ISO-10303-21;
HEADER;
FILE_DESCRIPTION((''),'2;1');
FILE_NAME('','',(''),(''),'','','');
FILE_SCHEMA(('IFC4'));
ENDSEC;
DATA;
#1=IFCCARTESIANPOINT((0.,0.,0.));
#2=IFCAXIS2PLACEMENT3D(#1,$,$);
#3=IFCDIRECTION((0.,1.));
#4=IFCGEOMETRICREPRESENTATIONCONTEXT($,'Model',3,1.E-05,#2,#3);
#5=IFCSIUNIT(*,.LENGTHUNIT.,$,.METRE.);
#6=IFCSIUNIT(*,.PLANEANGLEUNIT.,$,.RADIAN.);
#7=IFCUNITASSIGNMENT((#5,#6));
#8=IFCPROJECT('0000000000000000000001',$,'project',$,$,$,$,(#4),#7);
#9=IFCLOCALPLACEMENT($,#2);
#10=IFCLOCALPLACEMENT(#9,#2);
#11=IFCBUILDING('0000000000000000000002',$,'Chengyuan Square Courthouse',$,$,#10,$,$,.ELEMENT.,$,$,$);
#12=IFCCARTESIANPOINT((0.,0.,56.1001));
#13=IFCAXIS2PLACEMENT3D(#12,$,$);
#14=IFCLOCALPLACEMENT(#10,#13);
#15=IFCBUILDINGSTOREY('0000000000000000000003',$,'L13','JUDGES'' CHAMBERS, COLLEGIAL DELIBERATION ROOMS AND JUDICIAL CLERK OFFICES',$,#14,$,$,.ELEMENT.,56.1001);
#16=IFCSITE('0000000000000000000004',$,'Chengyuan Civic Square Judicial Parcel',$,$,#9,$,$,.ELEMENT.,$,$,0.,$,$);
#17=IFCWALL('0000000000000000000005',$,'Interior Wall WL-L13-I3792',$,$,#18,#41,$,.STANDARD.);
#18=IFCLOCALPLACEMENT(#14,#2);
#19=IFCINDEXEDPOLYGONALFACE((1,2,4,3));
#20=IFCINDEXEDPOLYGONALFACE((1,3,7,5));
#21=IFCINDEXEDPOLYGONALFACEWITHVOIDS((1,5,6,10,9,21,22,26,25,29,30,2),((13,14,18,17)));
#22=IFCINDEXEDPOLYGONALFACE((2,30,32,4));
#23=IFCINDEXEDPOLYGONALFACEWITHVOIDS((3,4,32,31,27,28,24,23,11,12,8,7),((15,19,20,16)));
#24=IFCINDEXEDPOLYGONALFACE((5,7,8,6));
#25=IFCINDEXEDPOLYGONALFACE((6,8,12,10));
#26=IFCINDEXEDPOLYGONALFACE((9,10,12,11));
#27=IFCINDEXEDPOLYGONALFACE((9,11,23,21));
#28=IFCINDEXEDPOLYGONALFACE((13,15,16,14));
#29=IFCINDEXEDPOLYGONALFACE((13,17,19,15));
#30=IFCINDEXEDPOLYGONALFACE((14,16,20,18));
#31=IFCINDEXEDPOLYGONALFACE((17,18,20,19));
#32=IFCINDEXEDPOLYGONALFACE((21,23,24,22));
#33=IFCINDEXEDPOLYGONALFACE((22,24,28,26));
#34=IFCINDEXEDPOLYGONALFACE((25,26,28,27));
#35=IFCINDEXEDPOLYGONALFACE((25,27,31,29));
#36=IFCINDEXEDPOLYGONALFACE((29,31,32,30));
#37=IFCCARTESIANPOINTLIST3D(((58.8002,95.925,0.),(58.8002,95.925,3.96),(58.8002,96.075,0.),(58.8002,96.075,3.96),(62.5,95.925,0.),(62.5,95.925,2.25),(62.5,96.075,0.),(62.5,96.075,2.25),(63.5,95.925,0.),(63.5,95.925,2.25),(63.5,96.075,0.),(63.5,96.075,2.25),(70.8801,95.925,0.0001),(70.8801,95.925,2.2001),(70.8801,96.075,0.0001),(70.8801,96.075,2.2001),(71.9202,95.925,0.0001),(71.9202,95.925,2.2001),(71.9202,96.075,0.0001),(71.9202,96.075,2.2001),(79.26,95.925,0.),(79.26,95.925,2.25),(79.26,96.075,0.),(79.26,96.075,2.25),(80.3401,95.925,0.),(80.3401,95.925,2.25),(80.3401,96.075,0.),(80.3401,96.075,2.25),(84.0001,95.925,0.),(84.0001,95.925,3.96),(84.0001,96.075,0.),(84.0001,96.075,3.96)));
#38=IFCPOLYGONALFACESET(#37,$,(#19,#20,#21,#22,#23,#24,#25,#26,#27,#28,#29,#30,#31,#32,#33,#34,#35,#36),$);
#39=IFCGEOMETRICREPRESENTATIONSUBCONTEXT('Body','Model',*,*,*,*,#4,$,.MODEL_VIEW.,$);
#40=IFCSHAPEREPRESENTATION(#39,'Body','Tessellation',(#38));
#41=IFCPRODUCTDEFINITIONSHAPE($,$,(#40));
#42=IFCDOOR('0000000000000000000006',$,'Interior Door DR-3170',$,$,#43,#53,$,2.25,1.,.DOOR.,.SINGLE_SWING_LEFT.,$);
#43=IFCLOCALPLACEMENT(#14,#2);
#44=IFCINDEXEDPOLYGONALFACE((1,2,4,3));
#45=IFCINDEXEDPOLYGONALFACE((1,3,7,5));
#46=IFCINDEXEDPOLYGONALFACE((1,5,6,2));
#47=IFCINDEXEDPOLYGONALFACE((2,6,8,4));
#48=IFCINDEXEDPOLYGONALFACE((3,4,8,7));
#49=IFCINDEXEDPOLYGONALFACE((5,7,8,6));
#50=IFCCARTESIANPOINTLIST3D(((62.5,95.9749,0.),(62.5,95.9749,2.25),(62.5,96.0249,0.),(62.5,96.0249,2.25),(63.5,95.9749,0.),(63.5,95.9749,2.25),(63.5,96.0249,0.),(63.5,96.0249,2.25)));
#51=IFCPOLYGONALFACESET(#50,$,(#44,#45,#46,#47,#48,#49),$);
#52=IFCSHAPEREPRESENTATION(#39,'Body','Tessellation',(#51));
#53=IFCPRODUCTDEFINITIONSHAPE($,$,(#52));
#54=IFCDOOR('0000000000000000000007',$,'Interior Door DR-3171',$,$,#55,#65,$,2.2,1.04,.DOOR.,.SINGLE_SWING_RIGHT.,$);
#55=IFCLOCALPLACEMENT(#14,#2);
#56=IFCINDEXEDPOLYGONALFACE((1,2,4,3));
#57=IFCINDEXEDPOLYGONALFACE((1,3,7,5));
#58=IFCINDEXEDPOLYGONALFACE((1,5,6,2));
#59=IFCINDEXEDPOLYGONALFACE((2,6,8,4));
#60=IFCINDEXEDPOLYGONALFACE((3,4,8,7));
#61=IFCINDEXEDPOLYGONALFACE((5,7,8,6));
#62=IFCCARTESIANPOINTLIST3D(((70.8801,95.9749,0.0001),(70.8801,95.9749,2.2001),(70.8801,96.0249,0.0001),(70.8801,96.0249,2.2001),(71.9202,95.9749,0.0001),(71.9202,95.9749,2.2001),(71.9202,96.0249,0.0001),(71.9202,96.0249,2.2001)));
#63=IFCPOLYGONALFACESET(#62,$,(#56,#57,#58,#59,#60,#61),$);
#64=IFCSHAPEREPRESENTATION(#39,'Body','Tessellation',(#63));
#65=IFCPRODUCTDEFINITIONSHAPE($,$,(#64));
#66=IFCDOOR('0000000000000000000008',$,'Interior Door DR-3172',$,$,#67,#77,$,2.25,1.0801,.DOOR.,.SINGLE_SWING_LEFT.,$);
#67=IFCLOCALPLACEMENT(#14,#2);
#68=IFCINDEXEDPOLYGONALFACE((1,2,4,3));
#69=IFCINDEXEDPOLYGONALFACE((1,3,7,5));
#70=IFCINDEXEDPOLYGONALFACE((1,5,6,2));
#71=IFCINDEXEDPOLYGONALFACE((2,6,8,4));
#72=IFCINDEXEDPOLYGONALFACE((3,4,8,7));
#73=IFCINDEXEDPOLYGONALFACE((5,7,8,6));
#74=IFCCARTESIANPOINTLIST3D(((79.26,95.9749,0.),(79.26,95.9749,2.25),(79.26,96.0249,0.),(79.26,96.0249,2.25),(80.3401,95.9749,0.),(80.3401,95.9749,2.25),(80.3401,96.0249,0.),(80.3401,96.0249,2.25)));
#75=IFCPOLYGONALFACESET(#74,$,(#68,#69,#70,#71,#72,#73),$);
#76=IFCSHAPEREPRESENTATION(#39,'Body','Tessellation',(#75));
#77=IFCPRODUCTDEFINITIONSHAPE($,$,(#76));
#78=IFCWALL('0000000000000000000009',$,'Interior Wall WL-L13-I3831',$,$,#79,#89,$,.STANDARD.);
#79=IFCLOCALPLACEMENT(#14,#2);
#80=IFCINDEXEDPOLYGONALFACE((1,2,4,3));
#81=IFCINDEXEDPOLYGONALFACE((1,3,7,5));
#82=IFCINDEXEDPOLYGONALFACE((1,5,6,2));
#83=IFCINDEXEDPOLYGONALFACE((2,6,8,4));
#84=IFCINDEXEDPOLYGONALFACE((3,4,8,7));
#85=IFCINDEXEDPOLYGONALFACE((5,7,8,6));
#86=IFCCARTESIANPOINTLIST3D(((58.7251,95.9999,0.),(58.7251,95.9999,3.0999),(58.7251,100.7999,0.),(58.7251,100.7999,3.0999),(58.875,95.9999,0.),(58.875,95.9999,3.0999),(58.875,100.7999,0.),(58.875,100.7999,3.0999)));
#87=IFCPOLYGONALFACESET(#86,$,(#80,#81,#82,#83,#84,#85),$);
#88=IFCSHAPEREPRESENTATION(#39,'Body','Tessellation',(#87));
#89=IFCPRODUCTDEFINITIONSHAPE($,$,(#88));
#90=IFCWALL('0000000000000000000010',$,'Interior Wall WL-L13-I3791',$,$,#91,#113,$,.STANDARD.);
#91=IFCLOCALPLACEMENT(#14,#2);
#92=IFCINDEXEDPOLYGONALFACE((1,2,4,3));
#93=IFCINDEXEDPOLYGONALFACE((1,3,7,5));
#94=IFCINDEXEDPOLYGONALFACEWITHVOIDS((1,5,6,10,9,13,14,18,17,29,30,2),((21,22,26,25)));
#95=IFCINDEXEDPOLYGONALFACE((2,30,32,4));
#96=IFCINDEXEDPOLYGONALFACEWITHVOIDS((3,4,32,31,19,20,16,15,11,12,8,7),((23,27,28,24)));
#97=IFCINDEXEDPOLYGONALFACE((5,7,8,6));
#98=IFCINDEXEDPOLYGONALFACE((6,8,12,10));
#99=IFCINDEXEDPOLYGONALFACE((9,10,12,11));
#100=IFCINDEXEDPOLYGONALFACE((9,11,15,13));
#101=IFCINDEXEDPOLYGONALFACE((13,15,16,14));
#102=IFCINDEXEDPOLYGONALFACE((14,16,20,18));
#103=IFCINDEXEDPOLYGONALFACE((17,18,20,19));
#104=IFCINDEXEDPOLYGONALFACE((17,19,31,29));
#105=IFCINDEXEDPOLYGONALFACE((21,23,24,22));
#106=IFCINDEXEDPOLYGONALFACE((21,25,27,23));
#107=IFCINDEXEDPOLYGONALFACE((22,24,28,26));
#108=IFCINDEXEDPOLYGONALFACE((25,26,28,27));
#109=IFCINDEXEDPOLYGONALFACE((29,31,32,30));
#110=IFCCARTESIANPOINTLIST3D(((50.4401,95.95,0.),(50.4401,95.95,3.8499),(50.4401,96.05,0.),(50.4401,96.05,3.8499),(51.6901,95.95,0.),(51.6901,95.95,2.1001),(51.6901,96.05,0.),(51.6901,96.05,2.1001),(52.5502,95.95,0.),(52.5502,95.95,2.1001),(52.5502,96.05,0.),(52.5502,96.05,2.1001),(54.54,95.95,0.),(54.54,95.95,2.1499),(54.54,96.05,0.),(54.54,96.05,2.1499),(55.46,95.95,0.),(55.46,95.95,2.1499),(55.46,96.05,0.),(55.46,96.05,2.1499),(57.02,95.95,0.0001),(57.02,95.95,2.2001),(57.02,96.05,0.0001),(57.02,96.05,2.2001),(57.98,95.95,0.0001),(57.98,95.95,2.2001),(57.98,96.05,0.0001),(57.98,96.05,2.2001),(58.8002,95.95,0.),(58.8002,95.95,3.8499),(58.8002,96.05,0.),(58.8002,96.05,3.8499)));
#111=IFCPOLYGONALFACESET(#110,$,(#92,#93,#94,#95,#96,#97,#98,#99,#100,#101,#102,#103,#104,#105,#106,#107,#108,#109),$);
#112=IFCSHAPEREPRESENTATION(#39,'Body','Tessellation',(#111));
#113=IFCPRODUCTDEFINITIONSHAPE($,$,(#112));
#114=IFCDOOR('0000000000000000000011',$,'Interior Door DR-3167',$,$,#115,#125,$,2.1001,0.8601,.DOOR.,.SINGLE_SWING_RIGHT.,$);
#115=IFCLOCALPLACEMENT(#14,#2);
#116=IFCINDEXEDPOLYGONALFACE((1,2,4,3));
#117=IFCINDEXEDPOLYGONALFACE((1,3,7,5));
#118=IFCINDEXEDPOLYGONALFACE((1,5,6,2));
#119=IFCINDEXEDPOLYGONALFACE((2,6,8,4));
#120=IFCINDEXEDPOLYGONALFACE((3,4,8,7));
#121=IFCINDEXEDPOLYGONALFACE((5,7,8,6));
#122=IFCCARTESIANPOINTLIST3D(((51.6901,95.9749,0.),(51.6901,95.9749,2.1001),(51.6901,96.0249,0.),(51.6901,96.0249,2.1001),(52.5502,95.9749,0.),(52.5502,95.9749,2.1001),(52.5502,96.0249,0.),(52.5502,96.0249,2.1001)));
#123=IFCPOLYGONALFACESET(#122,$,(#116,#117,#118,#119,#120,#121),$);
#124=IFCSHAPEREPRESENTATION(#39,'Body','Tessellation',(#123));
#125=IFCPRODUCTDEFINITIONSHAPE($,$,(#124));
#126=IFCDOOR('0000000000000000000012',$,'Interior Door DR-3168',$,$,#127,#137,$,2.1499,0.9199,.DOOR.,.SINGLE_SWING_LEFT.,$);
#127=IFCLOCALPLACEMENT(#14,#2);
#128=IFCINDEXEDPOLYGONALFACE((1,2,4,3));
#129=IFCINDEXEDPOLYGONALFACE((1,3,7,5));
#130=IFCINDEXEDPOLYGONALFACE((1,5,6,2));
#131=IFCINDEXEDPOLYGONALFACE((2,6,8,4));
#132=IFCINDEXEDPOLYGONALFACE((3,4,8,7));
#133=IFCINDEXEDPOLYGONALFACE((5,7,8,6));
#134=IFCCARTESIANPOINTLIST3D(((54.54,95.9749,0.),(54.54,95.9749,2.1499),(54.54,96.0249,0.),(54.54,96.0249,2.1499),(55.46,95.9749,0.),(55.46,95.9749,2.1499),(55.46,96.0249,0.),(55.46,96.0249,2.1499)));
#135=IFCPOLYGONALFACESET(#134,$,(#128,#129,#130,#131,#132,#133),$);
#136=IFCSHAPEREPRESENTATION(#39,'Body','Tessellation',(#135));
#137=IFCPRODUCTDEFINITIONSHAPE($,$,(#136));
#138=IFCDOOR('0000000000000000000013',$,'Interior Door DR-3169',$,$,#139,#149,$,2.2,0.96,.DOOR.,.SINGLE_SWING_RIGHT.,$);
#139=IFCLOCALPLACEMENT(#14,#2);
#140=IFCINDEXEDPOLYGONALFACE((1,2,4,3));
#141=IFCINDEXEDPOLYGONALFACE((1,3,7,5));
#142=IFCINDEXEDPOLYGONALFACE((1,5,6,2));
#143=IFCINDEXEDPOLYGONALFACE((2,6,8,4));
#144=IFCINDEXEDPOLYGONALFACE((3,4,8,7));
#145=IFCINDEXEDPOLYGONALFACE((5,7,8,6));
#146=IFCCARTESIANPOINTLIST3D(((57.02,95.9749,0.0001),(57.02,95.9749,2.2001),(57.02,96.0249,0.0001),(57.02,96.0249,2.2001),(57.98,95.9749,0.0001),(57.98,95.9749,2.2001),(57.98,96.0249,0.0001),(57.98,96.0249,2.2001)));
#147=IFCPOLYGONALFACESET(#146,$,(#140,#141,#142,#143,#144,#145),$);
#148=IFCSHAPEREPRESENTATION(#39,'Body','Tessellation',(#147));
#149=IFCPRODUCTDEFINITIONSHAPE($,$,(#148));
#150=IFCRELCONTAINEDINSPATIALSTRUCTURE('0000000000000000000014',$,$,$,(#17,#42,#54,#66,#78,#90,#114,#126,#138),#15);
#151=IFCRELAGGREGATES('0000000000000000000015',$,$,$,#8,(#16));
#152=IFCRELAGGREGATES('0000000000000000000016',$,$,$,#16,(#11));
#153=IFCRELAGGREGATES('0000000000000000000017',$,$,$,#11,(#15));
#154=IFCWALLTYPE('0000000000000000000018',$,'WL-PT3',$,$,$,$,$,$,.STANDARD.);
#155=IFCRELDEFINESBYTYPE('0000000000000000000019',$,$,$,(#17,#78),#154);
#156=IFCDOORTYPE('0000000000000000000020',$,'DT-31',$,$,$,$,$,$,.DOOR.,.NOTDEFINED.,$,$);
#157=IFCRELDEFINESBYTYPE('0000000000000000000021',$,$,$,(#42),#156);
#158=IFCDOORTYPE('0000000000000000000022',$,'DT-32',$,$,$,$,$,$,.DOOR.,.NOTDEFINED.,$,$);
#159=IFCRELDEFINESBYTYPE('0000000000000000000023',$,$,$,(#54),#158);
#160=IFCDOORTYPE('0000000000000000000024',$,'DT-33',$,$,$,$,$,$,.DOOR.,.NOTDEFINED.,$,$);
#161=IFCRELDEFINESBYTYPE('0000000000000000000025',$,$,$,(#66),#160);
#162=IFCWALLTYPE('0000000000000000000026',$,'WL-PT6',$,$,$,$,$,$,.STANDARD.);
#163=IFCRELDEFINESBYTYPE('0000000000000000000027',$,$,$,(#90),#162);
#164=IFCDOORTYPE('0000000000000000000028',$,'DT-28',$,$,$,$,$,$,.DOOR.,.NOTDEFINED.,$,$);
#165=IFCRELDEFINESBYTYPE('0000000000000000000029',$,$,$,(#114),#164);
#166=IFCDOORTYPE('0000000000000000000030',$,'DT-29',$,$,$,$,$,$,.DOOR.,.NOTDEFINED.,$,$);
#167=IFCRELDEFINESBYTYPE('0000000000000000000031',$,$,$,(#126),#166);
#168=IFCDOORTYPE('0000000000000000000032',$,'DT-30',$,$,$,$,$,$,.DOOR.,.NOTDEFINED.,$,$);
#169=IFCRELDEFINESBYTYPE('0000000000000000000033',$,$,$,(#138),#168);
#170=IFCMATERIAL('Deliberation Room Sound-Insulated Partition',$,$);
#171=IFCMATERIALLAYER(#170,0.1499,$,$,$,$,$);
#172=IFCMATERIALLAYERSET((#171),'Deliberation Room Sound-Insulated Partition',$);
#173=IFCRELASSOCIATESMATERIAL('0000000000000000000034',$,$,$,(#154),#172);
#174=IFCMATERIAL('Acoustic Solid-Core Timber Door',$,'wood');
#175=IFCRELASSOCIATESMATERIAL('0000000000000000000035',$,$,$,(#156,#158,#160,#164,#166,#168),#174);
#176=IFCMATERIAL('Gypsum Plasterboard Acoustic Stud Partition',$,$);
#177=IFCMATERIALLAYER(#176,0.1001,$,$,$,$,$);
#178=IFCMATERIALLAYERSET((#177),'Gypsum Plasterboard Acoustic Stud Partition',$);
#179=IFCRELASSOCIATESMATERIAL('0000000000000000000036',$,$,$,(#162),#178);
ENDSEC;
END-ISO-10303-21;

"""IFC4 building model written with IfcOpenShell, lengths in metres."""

from ifc_helpers import new_model, si_unit, direction, frame, frame_2d, origin, place, context, subcontext, project, spatial, rectangle, extrude, material, layer, layer_set, type_object, element, fill, save


model = new_model("IFC4")

# Units and contexts
model_context = context("Model", 3, precision=1e-05, world=origin(), true_north=direction((0.0, 1.0)))
body_context = subcontext(model_context, "Body", "Model", "MODEL_VIEW")
ifc_project = project(units=[si_unit("LENGTHUNIT", "METRE"), si_unit("PLANEANGLEUNIT", "RADIAN")], contexts=[model_context])

# Site, building, storey
site_placement = place(None, origin())
site = spatial("IfcSite", under=ifc_project, at=site_placement, Name="Chengyuan Civic Square Judicial Parcel", CompositionType="ELEMENT", RefElevation=0.0)
building_placement = place(site_placement, origin())
building = spatial("IfcBuilding", under=site, at=building_placement, Name="Chengyuan Square Courthouse", CompositionType="ELEMENT")
storey_placement = place(building_placement, frame((0.0, 0.0, 56.1001)))
storey = spatial("IfcBuildingStorey", under=building, at=storey_placement, Name="L13", Description="JUDGES' CHAMBERS, COLLEGIAL DELIBERATION ROOMS AND JUDICIAL CLERK OFFICES", CompositionType="ELEMENT", Elevation=56.1001)

# Shared definitions
ifc_material_1 = material(Name="Deliberation Room Sound-Insulated Partition")
ifc_layer_1 = layer(ifc_material_1, 0.1499)
ifc_layer_set_1 = layer_set([ifc_layer_1], Name="Deliberation Room Sound-Insulated Partition")
wall_type_1 = type_object("IfcWallType", Name="WL-PT3", PredefinedType="STANDARD", material=ifc_layer_set_1)
ifc_material_2 = material(Name="Acoustic Solid-Core Timber Door", Category="wood")

# Wall, openings, doors
wall_1_placement = place(storey_placement, frame((58.8, 96.0, 0.0), z_axis=(0.0, 0.0, 1.0), x_axis=(1.0, 0.0, 0.0)))
wall_1 = element("IfcWall", 1, at=wall_1_placement, inside=storey, type_object=wall_type_1, Name="Interior Wall WL-L13-I3792", PredefinedType="STANDARD", context=body_context, shape_type="SweptSolid", body=[
    extrude(rectangle(XDim=25.2, YDim=0.1499, at=frame_2d((12.6001, 0.0))), origin(), (0.0, 0.0, 1.0), 3.96),
])
opening_1_placement = place(wall_1_placement, frame((3.7, 0.0, 0.0)))
opening_1 = element("IfcOpeningElement", 2, at=opening_1_placement, cuts=wall_1, PredefinedType="OPENING", context=body_context, shape_type="SweptSolid", body=[
    extrude(rectangle(XDim=1.0, YDim=2.25, at=frame_2d((0.5, 1.125))), frame((0.0, 0.0869, 0.0), z_axis=(0.0, -1.0, 0.0), x_axis=(1.0, 0.0, 0.0)), (0.0, 0.0, 1.0), 0.1738),
])
opening_2_placement = place(wall_1_placement, frame((12.0801, 0.0, 0.0)))
opening_2 = element("IfcOpeningElement", 3, at=opening_2_placement, cuts=wall_1, PredefinedType="OPENING", context=body_context, shape_type="SweptSolid", body=[
    extrude(rectangle(XDim=1.04, YDim=2.2, at=frame_2d((0.52, 1.1001))), frame((0.0, 0.0869, 0.0), z_axis=(0.0, -1.0, 0.0), x_axis=(1.0, 0.0, 0.0)), (0.0, 0.0, 1.0), 0.1738),
])
opening_3_placement = place(wall_1_placement, frame((20.46, 0.0, 0.0)))
opening_3 = element("IfcOpeningElement", 4, at=opening_3_placement, cuts=wall_1, PredefinedType="OPENING", context=body_context, shape_type="SweptSolid", body=[
    extrude(rectangle(XDim=1.0801, YDim=2.25, at=frame_2d((0.54, 1.125))), frame((0.0, 0.0869, 0.0), z_axis=(0.0, -1.0, 0.0), x_axis=(1.0, 0.0, 0.0)), (0.0, 0.0, 1.0), 0.1738),
])
door_type_1 = type_object("IfcDoorType", Name="DT-31", OperationType="NOTDEFINED", PredefinedType="DOOR", material=ifc_material_2)
door_1_placement = place(opening_1_placement, origin())
door_1 = element("IfcDoor", 5, at=door_1_placement, inside=storey, type_object=door_type_1, Name="Interior Door DR-3170", OperationType="SINGLE_SWING_LEFT", OverallHeight=2.25, OverallWidth=1.0, PredefinedType="DOOR", context=body_context, shape_type="SweptSolid", body=[
    extrude(rectangle(XDim=1.0, YDim=2.25, at=frame_2d((0.5, 1.125))), frame((0.0, 0.0249, 0.0), z_axis=(0.0, -1.0, 0.0), x_axis=(1.0, 0.0, 0.0)), (0.0, 0.0, 1.0), 0.05),
])
fill(opening_1, door_1)
door_type_2 = type_object("IfcDoorType", Name="DT-32", OperationType="NOTDEFINED", PredefinedType="DOOR", material=ifc_material_2)
door_2_placement = place(opening_2_placement, origin())
door_2 = element("IfcDoor", 6, at=door_2_placement, inside=storey, type_object=door_type_2, Name="Interior Door DR-3171", OperationType="SINGLE_SWING_RIGHT", OverallHeight=2.2, OverallWidth=1.04, PredefinedType="DOOR", context=body_context, shape_type="SweptSolid", body=[
    extrude(rectangle(XDim=1.04, YDim=2.2, at=frame_2d((0.52, 1.1001))), frame((0.0, 0.0249, 0.0), z_axis=(0.0, -1.0, 0.0), x_axis=(1.0, 0.0, 0.0)), (0.0, 0.0, 1.0), 0.05),
])
fill(opening_2, door_2)
door_type_3 = type_object("IfcDoorType", Name="DT-33", OperationType="NOTDEFINED", PredefinedType="DOOR", material=ifc_material_2)
door_3_placement = place(opening_3_placement, origin())
door_3 = element("IfcDoor", 7, at=door_3_placement, inside=storey, type_object=door_type_3, Name="Interior Door DR-3172", OperationType="SINGLE_SWING_LEFT", OverallHeight=2.25, OverallWidth=1.0801, PredefinedType="DOOR", context=body_context, shape_type="SweptSolid", body=[
    extrude(rectangle(XDim=1.0801, YDim=2.25, at=frame_2d((0.54, 1.125))), frame((0.0, 0.0249, 0.0), z_axis=(0.0, -1.0, 0.0), x_axis=(1.0, 0.0, 0.0)), (0.0, 0.0, 1.0), 0.05),
])
fill(opening_3, door_3)

# Wall
wall_2_placement = place(storey_placement, frame((58.8, 96.0, 0.0), z_axis=(0.0, 0.0, 1.0), x_axis=(0.0, 1.0, 0.0)))
element("IfcWall", 8, at=wall_2_placement, inside=storey, type_object=wall_type_1, Name="Interior Wall WL-L13-I3831", PredefinedType="STANDARD", context=body_context, shape_type="SweptSolid", body=[
    extrude(rectangle(XDim=4.8, YDim=0.1499, at=frame_2d((2.3999, 0.0))), origin(), (0.0, 0.0, 1.0), 3.0999),
])

# Wall, openings, doors
ifc_material_3 = material(Name="Gypsum Plasterboard Acoustic Stud Partition")
ifc_layer_2 = layer(ifc_material_3, 0.1001)
ifc_layer_set_2 = layer_set([ifc_layer_2], Name="Gypsum Plasterboard Acoustic Stud Partition")
wall_type_2 = type_object("IfcWallType", Name="WL-PT6", PredefinedType="STANDARD", material=ifc_layer_set_2)
wall_3_placement = place(storey_placement, frame((50.4399, 96.0, 0.0), z_axis=(0.0, 0.0, 1.0), x_axis=(1.0, 0.0, 0.0)))
wall_3 = element("IfcWall", 9, at=wall_3_placement, inside=storey, type_object=wall_type_2, Name="Interior Wall WL-L13-I3791", PredefinedType="STANDARD", context=body_context, shape_type="SweptSolid", body=[
    extrude(rectangle(XDim=8.3601, YDim=0.1001, at=frame_2d((4.1802, 0.0))), origin(), (0.0, 0.0, 1.0), 3.8499),
])
opening_4_placement = place(wall_3_placement, frame((1.25, 0.0, 0.0)))
opening_4 = element("IfcOpeningElement", 10, at=opening_4_placement, cuts=wall_3, PredefinedType="OPENING", context=body_context, shape_type="SweptSolid", body=[
    extrude(rectangle(XDim=0.8601, YDim=2.1001, at=frame_2d((0.4302, 1.05))), frame((0.0, 0.062, 0.0), z_axis=(0.0, -1.0, 0.0), x_axis=(1.0, 0.0, 0.0)), (0.0, 0.0, 1.0), 0.124),
])
opening_5_placement = place(wall_3_placement, frame((4.1001, 0.0, 0.0)))
opening_5 = element("IfcOpeningElement", 11, at=opening_5_placement, cuts=wall_3, PredefinedType="OPENING", context=body_context, shape_type="SweptSolid", body=[
    extrude(rectangle(XDim=0.9199, YDim=2.1499, at=frame_2d((0.46, 1.075))), frame((0.0, 0.062, 0.0), z_axis=(0.0, -1.0, 0.0), x_axis=(1.0, 0.0, 0.0)), (0.0, 0.0, 1.0), 0.124),
])
opening_6_placement = place(wall_3_placement, frame((6.5801, 0.0, 0.0)))
opening_6 = element("IfcOpeningElement", 12, at=opening_6_placement, cuts=wall_3, PredefinedType="OPENING", context=body_context, shape_type="SweptSolid", body=[
    extrude(rectangle(XDim=0.96, YDim=2.2, at=frame_2d((0.48, 1.1001))), frame((0.0, 0.062, 0.0), z_axis=(0.0, -1.0, 0.0), x_axis=(1.0, 0.0, 0.0)), (0.0, 0.0, 1.0), 0.124),
])
door_type_4 = type_object("IfcDoorType", Name="DT-28", OperationType="NOTDEFINED", PredefinedType="DOOR", material=ifc_material_2)
door_4_placement = place(opening_4_placement, origin())
door_4 = element("IfcDoor", 13, at=door_4_placement, inside=storey, type_object=door_type_4, Name="Interior Door DR-3167", OperationType="SINGLE_SWING_RIGHT", OverallHeight=2.1001, OverallWidth=0.8601, PredefinedType="DOOR", context=body_context, shape_type="SweptSolid", body=[
    extrude(rectangle(XDim=0.8601, YDim=2.1001, at=frame_2d((0.4302, 1.05))), frame((0.0, 0.0249, 0.0), z_axis=(0.0, -1.0, 0.0), x_axis=(1.0, 0.0, 0.0)), (0.0, 0.0, 1.0), 0.05),
])
fill(opening_4, door_4)
door_type_5 = type_object("IfcDoorType", Name="DT-29", OperationType="NOTDEFINED", PredefinedType="DOOR", material=ifc_material_2)
door_5_placement = place(opening_5_placement, origin())
door_5 = element("IfcDoor", 14, at=door_5_placement, inside=storey, type_object=door_type_5, Name="Interior Door DR-3168", OperationType="SINGLE_SWING_LEFT", OverallHeight=2.1499, OverallWidth=0.9199, PredefinedType="DOOR", context=body_context, shape_type="SweptSolid", body=[
    extrude(rectangle(XDim=0.9199, YDim=2.1499, at=frame_2d((0.46, 1.075))), frame((0.0, 0.0249, 0.0), z_axis=(0.0, -1.0, 0.0), x_axis=(1.0, 0.0, 0.0)), (0.0, 0.0, 1.0), 0.05),
])
fill(opening_5, door_5)
door_type_6 = type_object("IfcDoorType", Name="DT-30", OperationType="NOTDEFINED", PredefinedType="DOOR", material=ifc_material_2)
door_6_placement = place(opening_6_placement, origin())
door_6 = element("IfcDoor", 15, at=door_6_placement, inside=storey, type_object=door_type_6, Name="Interior Door DR-3169", OperationType="SINGLE_SWING_RIGHT", OverallHeight=2.2, OverallWidth=0.96, PredefinedType="DOOR", context=body_context, shape_type="SweptSolid", body=[
    extrude(rectangle(XDim=0.96, YDim=2.2, at=frame_2d((0.48, 1.1001))), frame((0.0, 0.0249, 0.0), z_axis=(0.0, -1.0, 0.0), x_axis=(1.0, 0.0, 0.0)), (0.0, 0.0, 1.0), 0.05),
])
fill(opening_6, door_6)

save(model, "model.ifc")
